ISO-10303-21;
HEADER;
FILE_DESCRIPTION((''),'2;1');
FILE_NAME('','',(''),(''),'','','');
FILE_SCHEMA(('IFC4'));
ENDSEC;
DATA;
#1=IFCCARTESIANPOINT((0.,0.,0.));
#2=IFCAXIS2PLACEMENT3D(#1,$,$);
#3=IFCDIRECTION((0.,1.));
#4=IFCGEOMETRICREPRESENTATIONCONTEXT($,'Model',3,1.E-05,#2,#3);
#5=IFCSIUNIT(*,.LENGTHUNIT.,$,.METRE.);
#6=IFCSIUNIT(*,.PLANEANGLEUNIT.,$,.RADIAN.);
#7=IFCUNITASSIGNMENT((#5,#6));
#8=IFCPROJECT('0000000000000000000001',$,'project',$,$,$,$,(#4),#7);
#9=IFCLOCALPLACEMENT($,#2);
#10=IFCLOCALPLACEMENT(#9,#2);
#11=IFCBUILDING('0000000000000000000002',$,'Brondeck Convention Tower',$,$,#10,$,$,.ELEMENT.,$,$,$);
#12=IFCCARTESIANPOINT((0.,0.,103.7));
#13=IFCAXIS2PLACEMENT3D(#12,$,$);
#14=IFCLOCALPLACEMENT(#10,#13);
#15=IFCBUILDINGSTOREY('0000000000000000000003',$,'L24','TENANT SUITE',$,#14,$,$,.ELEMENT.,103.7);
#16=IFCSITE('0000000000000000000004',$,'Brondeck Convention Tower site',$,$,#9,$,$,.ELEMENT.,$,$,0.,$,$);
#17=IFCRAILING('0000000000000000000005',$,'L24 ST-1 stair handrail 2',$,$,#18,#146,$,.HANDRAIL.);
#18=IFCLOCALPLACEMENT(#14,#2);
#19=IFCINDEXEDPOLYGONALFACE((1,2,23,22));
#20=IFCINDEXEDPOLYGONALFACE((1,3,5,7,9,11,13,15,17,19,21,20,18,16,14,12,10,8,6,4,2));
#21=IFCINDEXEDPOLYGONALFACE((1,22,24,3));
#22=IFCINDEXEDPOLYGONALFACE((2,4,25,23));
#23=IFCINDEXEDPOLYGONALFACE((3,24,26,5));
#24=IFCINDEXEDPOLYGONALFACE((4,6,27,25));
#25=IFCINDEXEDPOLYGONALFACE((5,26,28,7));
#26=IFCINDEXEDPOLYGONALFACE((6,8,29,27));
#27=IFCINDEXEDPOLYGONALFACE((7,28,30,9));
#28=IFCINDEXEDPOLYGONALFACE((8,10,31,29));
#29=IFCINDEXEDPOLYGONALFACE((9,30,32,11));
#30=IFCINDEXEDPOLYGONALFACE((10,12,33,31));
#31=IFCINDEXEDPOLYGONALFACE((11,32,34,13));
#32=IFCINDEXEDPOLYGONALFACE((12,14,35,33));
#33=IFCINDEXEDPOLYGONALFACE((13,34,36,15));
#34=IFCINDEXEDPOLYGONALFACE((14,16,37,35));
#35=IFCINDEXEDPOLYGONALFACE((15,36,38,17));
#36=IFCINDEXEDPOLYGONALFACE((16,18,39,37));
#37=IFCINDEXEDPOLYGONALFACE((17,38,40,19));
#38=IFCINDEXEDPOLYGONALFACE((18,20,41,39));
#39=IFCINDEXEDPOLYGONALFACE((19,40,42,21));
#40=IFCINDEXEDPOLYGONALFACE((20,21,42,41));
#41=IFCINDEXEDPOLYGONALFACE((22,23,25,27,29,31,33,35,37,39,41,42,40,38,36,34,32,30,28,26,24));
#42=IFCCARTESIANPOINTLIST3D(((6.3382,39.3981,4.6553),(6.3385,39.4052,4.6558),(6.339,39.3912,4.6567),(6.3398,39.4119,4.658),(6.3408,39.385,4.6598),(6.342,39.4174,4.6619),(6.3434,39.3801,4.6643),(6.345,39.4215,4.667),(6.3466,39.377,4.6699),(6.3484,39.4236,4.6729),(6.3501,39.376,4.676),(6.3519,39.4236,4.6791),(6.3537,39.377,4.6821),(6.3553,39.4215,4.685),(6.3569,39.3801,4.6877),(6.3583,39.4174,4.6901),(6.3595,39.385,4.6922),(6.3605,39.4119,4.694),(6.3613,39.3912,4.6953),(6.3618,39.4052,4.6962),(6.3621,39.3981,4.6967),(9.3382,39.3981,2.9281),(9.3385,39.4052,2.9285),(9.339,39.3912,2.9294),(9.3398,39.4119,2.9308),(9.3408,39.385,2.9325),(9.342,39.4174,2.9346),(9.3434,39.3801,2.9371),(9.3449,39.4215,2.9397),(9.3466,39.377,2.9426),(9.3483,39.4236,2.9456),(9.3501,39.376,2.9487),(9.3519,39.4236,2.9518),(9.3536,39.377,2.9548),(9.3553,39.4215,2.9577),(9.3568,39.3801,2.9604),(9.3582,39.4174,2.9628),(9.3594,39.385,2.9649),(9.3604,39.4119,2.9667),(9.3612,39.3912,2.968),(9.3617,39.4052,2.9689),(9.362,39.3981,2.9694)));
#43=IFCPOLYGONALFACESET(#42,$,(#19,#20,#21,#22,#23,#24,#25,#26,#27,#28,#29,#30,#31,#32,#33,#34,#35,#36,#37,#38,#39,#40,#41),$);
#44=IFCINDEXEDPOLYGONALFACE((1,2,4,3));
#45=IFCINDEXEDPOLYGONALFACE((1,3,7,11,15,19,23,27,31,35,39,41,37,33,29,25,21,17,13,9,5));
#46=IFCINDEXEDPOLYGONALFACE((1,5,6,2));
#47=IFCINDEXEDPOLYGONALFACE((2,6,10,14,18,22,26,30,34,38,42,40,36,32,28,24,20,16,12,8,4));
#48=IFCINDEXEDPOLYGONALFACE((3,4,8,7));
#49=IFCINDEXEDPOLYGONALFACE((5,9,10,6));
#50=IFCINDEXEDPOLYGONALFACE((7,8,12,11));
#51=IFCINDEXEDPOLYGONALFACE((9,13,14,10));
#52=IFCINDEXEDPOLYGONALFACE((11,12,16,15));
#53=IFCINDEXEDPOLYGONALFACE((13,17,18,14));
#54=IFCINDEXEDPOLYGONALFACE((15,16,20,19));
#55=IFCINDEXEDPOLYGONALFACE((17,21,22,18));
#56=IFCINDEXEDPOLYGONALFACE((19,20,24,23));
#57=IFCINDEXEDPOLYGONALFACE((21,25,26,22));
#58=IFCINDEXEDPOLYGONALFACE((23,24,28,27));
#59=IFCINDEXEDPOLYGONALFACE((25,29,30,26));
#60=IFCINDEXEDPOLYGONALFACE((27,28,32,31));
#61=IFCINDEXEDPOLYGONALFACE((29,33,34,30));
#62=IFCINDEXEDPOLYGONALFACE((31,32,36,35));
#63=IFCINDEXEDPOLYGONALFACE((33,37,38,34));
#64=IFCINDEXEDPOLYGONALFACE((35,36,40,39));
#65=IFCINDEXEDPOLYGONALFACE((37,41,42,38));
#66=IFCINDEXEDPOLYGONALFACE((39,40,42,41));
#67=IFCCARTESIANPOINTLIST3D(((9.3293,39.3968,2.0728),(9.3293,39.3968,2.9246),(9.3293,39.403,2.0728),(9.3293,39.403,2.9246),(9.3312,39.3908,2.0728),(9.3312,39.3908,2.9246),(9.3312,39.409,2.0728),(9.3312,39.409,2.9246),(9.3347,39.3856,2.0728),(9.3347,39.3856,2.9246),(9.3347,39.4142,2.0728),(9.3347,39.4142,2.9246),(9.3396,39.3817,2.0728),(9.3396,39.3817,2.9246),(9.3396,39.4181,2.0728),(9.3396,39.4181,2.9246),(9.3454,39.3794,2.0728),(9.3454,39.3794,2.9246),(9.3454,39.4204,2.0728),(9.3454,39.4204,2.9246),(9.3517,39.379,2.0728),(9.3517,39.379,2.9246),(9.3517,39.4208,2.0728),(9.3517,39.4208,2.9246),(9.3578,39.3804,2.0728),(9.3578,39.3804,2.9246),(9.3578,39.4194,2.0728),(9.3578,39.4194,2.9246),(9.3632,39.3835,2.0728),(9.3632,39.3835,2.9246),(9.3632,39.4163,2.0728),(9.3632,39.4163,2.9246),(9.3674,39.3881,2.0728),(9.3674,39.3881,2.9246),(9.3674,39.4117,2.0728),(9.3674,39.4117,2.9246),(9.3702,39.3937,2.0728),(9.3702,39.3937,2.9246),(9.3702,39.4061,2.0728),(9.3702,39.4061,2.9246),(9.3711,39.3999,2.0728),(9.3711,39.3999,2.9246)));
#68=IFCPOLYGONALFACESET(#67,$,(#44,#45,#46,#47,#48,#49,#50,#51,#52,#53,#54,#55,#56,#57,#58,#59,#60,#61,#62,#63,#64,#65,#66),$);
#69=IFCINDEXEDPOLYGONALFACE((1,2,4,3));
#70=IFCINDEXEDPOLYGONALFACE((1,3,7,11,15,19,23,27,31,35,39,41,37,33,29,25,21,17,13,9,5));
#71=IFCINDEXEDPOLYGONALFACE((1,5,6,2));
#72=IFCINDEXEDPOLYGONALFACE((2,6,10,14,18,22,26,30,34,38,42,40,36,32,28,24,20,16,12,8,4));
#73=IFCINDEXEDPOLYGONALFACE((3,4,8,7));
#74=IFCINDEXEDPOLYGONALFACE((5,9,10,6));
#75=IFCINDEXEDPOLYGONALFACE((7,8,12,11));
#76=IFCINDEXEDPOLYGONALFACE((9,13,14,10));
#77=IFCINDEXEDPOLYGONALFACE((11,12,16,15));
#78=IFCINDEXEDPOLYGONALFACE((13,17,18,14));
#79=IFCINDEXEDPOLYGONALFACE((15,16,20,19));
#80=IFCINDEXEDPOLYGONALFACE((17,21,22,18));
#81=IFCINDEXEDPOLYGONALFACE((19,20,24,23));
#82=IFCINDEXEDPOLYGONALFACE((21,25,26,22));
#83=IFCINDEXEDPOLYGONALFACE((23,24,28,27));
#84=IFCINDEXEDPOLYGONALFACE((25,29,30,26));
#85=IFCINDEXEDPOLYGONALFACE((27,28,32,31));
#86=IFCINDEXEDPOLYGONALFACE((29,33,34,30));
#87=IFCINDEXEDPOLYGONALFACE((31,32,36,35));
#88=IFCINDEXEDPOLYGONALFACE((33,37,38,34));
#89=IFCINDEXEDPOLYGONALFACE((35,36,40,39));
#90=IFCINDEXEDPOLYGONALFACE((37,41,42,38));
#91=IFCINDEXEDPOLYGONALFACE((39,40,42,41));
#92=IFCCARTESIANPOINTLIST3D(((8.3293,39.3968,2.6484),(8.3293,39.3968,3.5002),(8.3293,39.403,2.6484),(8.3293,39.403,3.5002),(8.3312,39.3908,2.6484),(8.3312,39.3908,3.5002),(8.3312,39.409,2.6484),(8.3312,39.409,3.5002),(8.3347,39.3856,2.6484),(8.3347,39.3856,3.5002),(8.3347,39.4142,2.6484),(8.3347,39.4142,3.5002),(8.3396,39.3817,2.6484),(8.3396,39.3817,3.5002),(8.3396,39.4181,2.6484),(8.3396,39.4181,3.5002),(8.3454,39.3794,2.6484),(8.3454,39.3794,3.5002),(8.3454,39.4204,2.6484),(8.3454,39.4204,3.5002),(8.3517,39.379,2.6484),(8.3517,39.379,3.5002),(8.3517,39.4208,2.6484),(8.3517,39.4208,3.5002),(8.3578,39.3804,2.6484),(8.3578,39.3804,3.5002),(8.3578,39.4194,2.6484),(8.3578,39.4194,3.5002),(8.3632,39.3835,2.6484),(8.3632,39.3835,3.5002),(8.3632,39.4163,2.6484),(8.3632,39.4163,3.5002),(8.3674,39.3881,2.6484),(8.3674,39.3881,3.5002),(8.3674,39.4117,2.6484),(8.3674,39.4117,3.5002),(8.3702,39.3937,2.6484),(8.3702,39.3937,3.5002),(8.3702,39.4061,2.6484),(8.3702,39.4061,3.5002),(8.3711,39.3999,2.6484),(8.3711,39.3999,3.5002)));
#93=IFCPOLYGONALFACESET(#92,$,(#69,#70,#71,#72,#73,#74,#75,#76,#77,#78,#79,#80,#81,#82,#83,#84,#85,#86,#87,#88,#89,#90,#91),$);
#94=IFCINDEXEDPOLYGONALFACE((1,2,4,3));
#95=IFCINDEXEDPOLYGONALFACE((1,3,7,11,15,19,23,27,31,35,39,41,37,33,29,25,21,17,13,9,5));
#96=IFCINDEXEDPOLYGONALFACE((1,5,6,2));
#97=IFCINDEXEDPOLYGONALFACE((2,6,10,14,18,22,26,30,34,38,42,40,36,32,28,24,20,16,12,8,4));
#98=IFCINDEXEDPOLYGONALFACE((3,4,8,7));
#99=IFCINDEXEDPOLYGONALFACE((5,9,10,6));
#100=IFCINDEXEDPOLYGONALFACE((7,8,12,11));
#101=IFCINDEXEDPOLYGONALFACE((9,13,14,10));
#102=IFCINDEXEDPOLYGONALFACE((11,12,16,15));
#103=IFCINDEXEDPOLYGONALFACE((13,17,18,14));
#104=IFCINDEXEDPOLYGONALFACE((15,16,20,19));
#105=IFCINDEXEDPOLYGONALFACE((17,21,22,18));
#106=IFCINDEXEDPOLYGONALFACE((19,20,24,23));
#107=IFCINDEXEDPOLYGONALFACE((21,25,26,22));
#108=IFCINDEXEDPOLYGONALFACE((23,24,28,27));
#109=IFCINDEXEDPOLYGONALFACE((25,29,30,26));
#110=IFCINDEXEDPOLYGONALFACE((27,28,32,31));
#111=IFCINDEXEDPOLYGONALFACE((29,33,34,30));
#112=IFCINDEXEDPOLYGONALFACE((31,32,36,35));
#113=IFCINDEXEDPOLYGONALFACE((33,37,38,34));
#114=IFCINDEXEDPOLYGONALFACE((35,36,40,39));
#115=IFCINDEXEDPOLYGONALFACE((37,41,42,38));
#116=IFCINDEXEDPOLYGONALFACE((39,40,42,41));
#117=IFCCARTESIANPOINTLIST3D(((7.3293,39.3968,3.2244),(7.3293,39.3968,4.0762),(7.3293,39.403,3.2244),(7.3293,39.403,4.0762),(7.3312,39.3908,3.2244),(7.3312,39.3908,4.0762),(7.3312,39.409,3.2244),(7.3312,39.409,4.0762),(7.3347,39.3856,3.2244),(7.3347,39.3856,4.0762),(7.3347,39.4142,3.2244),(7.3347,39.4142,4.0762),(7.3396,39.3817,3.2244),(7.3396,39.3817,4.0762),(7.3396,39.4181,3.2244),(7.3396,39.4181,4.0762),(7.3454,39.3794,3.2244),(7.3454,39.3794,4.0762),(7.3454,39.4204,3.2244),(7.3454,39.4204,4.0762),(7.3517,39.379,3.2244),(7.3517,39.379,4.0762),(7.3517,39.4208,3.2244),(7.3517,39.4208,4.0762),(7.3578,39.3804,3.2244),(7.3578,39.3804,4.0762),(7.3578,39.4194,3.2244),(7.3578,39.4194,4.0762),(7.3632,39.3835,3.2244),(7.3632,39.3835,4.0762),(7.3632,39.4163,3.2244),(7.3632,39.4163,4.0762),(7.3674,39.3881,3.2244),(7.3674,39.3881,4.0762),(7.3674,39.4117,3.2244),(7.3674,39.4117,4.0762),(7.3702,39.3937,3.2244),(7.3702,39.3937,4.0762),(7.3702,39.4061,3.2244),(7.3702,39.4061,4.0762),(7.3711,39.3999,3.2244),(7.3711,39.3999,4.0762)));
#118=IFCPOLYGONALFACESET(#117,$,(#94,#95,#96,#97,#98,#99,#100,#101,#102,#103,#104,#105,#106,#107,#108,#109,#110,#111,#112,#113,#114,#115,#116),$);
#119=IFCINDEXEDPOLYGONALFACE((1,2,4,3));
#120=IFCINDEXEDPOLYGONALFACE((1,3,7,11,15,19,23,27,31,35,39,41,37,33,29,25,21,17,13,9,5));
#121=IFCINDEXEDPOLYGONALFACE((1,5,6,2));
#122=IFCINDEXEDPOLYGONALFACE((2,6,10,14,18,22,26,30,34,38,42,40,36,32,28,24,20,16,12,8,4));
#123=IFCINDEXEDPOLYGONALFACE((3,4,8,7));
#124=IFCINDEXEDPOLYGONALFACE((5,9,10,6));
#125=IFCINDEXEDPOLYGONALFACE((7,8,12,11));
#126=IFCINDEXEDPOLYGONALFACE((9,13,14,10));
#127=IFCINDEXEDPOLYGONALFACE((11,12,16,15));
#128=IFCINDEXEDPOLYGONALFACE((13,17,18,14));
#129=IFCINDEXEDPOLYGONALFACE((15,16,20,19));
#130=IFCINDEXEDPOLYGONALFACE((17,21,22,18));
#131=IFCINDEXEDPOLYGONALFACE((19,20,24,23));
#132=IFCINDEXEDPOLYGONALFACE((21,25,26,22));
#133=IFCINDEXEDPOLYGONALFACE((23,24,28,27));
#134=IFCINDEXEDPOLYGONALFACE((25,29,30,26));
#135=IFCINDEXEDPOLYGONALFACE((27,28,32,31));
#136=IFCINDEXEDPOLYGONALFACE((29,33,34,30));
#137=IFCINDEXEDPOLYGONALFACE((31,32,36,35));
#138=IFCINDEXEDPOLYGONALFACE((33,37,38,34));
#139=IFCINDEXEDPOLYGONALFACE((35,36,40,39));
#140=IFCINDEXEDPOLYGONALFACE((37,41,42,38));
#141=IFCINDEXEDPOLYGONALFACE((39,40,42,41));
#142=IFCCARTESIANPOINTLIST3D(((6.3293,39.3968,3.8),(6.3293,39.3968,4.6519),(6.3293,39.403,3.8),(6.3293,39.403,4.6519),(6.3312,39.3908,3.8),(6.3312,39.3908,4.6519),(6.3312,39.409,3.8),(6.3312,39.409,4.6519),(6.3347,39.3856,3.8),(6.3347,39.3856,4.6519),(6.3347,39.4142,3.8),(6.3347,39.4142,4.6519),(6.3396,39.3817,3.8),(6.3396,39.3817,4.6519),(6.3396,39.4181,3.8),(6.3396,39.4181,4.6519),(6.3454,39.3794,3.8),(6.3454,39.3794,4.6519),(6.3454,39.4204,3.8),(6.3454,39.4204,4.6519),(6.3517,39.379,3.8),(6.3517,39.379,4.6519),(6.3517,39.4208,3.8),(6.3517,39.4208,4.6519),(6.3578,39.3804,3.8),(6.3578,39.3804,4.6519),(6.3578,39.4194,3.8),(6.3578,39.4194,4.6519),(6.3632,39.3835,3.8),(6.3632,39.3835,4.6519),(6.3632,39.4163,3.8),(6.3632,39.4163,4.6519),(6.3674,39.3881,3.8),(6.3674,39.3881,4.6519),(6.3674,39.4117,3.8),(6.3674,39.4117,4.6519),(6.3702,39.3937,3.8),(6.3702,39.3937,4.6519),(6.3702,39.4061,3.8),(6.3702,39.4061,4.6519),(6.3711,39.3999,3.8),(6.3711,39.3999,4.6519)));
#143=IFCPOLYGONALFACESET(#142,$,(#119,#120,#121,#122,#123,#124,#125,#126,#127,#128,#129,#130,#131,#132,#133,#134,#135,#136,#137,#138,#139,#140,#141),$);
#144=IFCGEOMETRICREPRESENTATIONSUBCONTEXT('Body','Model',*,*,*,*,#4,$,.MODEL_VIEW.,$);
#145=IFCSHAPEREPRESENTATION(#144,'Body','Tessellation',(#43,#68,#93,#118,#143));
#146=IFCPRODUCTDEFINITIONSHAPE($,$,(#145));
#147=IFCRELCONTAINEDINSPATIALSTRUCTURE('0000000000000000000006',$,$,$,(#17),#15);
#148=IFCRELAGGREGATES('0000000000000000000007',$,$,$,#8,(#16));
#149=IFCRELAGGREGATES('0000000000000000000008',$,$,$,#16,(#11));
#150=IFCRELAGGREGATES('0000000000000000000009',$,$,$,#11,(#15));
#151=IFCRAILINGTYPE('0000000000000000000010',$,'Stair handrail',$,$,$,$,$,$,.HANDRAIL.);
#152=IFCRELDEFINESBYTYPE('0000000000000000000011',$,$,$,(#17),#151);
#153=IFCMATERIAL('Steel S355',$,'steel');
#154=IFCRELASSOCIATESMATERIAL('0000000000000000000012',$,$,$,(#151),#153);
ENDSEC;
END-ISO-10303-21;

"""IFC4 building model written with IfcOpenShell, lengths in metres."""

from ifc_helpers import new_model, si_unit, direction, frame, origin, origin_2d, place, context, subcontext, project, spatial, circle, extrude, material, type_object, element, save


model = new_model("IFC4")

# Units and contexts
model_context = context("Model", 3, precision=1e-05, world=origin(), true_north=direction((0.0, 1.0)))
body_context = subcontext(model_context, "Body", "Model", "MODEL_VIEW")
ifc_project = project(units=[si_unit("LENGTHUNIT", "METRE"), si_unit("PLANEANGLEUNIT", "RADIAN")], contexts=[model_context])

# Site, building, storey
site_placement = place(None, origin())
site = spatial("IfcSite", under=ifc_project, at=site_placement, Name="Brondeck Convention Tower site", CompositionType="ELEMENT", RefElevation=0.0)
building_placement = place(site_placement, origin())
building = spatial("IfcBuilding", under=site, at=building_placement, Name="Brondeck Convention Tower", CompositionType="ELEMENT")
storey_placement = place(building_placement, frame((0.0, 0.0, 103.7)))
storey = spatial("IfcBuildingStorey", under=building, at=storey_placement, Name="L24", Description="TENANT SUITE", CompositionType="ELEMENT", Elevation=103.7)

# Shared definitions
ifc_material_1 = material(Name="Steel S355", Category="steel")

# Railing
railing_type = type_object("IfcRailingType", Name="Stair handrail", PredefinedType="HANDRAIL", material=ifc_material_1)
railing_placement = place(storey_placement, frame((9.3501, 39.3999, 2.0728)))
element("IfcRailing", 1, at=railing_placement, inside=storey, type_object=railing_type, Name="L24 ST-1 stair handrail 2", PredefinedType="HANDRAIL", context=body_context, shape_type="SweptSolid", body=[
    extrude(circle(Radius=0.0239, at=origin_2d()), frame((0.0, 0.0, 0.876), z_axis=(-0.86662, 0.0, 0.498969), x_axis=(0.0, -1.0, 0.0)), (0.0, 0.0, 1.0), 3.4617),
    extrude(circle(Radius=0.021, at=origin_2d()), origin(), (0.0, 0.0, 1.0), 0.8518),
    extrude(circle(Radius=0.021, at=origin_2d()), frame((-1.0, 0.0, 0.5757)), (0.0, 0.0, 1.0), 0.8518),
    extrude(circle(Radius=0.021, at=origin_2d()), frame((-2.0, 0.0, 1.1516)), (0.0, 0.0, 1.0), 0.8518),
    extrude(circle(Radius=0.021, at=origin_2d()), frame((-3.0, 0.0, 1.7273)), (0.0, 0.0, 1.0), 0.8518),
])

save(model, "model.ifc")
